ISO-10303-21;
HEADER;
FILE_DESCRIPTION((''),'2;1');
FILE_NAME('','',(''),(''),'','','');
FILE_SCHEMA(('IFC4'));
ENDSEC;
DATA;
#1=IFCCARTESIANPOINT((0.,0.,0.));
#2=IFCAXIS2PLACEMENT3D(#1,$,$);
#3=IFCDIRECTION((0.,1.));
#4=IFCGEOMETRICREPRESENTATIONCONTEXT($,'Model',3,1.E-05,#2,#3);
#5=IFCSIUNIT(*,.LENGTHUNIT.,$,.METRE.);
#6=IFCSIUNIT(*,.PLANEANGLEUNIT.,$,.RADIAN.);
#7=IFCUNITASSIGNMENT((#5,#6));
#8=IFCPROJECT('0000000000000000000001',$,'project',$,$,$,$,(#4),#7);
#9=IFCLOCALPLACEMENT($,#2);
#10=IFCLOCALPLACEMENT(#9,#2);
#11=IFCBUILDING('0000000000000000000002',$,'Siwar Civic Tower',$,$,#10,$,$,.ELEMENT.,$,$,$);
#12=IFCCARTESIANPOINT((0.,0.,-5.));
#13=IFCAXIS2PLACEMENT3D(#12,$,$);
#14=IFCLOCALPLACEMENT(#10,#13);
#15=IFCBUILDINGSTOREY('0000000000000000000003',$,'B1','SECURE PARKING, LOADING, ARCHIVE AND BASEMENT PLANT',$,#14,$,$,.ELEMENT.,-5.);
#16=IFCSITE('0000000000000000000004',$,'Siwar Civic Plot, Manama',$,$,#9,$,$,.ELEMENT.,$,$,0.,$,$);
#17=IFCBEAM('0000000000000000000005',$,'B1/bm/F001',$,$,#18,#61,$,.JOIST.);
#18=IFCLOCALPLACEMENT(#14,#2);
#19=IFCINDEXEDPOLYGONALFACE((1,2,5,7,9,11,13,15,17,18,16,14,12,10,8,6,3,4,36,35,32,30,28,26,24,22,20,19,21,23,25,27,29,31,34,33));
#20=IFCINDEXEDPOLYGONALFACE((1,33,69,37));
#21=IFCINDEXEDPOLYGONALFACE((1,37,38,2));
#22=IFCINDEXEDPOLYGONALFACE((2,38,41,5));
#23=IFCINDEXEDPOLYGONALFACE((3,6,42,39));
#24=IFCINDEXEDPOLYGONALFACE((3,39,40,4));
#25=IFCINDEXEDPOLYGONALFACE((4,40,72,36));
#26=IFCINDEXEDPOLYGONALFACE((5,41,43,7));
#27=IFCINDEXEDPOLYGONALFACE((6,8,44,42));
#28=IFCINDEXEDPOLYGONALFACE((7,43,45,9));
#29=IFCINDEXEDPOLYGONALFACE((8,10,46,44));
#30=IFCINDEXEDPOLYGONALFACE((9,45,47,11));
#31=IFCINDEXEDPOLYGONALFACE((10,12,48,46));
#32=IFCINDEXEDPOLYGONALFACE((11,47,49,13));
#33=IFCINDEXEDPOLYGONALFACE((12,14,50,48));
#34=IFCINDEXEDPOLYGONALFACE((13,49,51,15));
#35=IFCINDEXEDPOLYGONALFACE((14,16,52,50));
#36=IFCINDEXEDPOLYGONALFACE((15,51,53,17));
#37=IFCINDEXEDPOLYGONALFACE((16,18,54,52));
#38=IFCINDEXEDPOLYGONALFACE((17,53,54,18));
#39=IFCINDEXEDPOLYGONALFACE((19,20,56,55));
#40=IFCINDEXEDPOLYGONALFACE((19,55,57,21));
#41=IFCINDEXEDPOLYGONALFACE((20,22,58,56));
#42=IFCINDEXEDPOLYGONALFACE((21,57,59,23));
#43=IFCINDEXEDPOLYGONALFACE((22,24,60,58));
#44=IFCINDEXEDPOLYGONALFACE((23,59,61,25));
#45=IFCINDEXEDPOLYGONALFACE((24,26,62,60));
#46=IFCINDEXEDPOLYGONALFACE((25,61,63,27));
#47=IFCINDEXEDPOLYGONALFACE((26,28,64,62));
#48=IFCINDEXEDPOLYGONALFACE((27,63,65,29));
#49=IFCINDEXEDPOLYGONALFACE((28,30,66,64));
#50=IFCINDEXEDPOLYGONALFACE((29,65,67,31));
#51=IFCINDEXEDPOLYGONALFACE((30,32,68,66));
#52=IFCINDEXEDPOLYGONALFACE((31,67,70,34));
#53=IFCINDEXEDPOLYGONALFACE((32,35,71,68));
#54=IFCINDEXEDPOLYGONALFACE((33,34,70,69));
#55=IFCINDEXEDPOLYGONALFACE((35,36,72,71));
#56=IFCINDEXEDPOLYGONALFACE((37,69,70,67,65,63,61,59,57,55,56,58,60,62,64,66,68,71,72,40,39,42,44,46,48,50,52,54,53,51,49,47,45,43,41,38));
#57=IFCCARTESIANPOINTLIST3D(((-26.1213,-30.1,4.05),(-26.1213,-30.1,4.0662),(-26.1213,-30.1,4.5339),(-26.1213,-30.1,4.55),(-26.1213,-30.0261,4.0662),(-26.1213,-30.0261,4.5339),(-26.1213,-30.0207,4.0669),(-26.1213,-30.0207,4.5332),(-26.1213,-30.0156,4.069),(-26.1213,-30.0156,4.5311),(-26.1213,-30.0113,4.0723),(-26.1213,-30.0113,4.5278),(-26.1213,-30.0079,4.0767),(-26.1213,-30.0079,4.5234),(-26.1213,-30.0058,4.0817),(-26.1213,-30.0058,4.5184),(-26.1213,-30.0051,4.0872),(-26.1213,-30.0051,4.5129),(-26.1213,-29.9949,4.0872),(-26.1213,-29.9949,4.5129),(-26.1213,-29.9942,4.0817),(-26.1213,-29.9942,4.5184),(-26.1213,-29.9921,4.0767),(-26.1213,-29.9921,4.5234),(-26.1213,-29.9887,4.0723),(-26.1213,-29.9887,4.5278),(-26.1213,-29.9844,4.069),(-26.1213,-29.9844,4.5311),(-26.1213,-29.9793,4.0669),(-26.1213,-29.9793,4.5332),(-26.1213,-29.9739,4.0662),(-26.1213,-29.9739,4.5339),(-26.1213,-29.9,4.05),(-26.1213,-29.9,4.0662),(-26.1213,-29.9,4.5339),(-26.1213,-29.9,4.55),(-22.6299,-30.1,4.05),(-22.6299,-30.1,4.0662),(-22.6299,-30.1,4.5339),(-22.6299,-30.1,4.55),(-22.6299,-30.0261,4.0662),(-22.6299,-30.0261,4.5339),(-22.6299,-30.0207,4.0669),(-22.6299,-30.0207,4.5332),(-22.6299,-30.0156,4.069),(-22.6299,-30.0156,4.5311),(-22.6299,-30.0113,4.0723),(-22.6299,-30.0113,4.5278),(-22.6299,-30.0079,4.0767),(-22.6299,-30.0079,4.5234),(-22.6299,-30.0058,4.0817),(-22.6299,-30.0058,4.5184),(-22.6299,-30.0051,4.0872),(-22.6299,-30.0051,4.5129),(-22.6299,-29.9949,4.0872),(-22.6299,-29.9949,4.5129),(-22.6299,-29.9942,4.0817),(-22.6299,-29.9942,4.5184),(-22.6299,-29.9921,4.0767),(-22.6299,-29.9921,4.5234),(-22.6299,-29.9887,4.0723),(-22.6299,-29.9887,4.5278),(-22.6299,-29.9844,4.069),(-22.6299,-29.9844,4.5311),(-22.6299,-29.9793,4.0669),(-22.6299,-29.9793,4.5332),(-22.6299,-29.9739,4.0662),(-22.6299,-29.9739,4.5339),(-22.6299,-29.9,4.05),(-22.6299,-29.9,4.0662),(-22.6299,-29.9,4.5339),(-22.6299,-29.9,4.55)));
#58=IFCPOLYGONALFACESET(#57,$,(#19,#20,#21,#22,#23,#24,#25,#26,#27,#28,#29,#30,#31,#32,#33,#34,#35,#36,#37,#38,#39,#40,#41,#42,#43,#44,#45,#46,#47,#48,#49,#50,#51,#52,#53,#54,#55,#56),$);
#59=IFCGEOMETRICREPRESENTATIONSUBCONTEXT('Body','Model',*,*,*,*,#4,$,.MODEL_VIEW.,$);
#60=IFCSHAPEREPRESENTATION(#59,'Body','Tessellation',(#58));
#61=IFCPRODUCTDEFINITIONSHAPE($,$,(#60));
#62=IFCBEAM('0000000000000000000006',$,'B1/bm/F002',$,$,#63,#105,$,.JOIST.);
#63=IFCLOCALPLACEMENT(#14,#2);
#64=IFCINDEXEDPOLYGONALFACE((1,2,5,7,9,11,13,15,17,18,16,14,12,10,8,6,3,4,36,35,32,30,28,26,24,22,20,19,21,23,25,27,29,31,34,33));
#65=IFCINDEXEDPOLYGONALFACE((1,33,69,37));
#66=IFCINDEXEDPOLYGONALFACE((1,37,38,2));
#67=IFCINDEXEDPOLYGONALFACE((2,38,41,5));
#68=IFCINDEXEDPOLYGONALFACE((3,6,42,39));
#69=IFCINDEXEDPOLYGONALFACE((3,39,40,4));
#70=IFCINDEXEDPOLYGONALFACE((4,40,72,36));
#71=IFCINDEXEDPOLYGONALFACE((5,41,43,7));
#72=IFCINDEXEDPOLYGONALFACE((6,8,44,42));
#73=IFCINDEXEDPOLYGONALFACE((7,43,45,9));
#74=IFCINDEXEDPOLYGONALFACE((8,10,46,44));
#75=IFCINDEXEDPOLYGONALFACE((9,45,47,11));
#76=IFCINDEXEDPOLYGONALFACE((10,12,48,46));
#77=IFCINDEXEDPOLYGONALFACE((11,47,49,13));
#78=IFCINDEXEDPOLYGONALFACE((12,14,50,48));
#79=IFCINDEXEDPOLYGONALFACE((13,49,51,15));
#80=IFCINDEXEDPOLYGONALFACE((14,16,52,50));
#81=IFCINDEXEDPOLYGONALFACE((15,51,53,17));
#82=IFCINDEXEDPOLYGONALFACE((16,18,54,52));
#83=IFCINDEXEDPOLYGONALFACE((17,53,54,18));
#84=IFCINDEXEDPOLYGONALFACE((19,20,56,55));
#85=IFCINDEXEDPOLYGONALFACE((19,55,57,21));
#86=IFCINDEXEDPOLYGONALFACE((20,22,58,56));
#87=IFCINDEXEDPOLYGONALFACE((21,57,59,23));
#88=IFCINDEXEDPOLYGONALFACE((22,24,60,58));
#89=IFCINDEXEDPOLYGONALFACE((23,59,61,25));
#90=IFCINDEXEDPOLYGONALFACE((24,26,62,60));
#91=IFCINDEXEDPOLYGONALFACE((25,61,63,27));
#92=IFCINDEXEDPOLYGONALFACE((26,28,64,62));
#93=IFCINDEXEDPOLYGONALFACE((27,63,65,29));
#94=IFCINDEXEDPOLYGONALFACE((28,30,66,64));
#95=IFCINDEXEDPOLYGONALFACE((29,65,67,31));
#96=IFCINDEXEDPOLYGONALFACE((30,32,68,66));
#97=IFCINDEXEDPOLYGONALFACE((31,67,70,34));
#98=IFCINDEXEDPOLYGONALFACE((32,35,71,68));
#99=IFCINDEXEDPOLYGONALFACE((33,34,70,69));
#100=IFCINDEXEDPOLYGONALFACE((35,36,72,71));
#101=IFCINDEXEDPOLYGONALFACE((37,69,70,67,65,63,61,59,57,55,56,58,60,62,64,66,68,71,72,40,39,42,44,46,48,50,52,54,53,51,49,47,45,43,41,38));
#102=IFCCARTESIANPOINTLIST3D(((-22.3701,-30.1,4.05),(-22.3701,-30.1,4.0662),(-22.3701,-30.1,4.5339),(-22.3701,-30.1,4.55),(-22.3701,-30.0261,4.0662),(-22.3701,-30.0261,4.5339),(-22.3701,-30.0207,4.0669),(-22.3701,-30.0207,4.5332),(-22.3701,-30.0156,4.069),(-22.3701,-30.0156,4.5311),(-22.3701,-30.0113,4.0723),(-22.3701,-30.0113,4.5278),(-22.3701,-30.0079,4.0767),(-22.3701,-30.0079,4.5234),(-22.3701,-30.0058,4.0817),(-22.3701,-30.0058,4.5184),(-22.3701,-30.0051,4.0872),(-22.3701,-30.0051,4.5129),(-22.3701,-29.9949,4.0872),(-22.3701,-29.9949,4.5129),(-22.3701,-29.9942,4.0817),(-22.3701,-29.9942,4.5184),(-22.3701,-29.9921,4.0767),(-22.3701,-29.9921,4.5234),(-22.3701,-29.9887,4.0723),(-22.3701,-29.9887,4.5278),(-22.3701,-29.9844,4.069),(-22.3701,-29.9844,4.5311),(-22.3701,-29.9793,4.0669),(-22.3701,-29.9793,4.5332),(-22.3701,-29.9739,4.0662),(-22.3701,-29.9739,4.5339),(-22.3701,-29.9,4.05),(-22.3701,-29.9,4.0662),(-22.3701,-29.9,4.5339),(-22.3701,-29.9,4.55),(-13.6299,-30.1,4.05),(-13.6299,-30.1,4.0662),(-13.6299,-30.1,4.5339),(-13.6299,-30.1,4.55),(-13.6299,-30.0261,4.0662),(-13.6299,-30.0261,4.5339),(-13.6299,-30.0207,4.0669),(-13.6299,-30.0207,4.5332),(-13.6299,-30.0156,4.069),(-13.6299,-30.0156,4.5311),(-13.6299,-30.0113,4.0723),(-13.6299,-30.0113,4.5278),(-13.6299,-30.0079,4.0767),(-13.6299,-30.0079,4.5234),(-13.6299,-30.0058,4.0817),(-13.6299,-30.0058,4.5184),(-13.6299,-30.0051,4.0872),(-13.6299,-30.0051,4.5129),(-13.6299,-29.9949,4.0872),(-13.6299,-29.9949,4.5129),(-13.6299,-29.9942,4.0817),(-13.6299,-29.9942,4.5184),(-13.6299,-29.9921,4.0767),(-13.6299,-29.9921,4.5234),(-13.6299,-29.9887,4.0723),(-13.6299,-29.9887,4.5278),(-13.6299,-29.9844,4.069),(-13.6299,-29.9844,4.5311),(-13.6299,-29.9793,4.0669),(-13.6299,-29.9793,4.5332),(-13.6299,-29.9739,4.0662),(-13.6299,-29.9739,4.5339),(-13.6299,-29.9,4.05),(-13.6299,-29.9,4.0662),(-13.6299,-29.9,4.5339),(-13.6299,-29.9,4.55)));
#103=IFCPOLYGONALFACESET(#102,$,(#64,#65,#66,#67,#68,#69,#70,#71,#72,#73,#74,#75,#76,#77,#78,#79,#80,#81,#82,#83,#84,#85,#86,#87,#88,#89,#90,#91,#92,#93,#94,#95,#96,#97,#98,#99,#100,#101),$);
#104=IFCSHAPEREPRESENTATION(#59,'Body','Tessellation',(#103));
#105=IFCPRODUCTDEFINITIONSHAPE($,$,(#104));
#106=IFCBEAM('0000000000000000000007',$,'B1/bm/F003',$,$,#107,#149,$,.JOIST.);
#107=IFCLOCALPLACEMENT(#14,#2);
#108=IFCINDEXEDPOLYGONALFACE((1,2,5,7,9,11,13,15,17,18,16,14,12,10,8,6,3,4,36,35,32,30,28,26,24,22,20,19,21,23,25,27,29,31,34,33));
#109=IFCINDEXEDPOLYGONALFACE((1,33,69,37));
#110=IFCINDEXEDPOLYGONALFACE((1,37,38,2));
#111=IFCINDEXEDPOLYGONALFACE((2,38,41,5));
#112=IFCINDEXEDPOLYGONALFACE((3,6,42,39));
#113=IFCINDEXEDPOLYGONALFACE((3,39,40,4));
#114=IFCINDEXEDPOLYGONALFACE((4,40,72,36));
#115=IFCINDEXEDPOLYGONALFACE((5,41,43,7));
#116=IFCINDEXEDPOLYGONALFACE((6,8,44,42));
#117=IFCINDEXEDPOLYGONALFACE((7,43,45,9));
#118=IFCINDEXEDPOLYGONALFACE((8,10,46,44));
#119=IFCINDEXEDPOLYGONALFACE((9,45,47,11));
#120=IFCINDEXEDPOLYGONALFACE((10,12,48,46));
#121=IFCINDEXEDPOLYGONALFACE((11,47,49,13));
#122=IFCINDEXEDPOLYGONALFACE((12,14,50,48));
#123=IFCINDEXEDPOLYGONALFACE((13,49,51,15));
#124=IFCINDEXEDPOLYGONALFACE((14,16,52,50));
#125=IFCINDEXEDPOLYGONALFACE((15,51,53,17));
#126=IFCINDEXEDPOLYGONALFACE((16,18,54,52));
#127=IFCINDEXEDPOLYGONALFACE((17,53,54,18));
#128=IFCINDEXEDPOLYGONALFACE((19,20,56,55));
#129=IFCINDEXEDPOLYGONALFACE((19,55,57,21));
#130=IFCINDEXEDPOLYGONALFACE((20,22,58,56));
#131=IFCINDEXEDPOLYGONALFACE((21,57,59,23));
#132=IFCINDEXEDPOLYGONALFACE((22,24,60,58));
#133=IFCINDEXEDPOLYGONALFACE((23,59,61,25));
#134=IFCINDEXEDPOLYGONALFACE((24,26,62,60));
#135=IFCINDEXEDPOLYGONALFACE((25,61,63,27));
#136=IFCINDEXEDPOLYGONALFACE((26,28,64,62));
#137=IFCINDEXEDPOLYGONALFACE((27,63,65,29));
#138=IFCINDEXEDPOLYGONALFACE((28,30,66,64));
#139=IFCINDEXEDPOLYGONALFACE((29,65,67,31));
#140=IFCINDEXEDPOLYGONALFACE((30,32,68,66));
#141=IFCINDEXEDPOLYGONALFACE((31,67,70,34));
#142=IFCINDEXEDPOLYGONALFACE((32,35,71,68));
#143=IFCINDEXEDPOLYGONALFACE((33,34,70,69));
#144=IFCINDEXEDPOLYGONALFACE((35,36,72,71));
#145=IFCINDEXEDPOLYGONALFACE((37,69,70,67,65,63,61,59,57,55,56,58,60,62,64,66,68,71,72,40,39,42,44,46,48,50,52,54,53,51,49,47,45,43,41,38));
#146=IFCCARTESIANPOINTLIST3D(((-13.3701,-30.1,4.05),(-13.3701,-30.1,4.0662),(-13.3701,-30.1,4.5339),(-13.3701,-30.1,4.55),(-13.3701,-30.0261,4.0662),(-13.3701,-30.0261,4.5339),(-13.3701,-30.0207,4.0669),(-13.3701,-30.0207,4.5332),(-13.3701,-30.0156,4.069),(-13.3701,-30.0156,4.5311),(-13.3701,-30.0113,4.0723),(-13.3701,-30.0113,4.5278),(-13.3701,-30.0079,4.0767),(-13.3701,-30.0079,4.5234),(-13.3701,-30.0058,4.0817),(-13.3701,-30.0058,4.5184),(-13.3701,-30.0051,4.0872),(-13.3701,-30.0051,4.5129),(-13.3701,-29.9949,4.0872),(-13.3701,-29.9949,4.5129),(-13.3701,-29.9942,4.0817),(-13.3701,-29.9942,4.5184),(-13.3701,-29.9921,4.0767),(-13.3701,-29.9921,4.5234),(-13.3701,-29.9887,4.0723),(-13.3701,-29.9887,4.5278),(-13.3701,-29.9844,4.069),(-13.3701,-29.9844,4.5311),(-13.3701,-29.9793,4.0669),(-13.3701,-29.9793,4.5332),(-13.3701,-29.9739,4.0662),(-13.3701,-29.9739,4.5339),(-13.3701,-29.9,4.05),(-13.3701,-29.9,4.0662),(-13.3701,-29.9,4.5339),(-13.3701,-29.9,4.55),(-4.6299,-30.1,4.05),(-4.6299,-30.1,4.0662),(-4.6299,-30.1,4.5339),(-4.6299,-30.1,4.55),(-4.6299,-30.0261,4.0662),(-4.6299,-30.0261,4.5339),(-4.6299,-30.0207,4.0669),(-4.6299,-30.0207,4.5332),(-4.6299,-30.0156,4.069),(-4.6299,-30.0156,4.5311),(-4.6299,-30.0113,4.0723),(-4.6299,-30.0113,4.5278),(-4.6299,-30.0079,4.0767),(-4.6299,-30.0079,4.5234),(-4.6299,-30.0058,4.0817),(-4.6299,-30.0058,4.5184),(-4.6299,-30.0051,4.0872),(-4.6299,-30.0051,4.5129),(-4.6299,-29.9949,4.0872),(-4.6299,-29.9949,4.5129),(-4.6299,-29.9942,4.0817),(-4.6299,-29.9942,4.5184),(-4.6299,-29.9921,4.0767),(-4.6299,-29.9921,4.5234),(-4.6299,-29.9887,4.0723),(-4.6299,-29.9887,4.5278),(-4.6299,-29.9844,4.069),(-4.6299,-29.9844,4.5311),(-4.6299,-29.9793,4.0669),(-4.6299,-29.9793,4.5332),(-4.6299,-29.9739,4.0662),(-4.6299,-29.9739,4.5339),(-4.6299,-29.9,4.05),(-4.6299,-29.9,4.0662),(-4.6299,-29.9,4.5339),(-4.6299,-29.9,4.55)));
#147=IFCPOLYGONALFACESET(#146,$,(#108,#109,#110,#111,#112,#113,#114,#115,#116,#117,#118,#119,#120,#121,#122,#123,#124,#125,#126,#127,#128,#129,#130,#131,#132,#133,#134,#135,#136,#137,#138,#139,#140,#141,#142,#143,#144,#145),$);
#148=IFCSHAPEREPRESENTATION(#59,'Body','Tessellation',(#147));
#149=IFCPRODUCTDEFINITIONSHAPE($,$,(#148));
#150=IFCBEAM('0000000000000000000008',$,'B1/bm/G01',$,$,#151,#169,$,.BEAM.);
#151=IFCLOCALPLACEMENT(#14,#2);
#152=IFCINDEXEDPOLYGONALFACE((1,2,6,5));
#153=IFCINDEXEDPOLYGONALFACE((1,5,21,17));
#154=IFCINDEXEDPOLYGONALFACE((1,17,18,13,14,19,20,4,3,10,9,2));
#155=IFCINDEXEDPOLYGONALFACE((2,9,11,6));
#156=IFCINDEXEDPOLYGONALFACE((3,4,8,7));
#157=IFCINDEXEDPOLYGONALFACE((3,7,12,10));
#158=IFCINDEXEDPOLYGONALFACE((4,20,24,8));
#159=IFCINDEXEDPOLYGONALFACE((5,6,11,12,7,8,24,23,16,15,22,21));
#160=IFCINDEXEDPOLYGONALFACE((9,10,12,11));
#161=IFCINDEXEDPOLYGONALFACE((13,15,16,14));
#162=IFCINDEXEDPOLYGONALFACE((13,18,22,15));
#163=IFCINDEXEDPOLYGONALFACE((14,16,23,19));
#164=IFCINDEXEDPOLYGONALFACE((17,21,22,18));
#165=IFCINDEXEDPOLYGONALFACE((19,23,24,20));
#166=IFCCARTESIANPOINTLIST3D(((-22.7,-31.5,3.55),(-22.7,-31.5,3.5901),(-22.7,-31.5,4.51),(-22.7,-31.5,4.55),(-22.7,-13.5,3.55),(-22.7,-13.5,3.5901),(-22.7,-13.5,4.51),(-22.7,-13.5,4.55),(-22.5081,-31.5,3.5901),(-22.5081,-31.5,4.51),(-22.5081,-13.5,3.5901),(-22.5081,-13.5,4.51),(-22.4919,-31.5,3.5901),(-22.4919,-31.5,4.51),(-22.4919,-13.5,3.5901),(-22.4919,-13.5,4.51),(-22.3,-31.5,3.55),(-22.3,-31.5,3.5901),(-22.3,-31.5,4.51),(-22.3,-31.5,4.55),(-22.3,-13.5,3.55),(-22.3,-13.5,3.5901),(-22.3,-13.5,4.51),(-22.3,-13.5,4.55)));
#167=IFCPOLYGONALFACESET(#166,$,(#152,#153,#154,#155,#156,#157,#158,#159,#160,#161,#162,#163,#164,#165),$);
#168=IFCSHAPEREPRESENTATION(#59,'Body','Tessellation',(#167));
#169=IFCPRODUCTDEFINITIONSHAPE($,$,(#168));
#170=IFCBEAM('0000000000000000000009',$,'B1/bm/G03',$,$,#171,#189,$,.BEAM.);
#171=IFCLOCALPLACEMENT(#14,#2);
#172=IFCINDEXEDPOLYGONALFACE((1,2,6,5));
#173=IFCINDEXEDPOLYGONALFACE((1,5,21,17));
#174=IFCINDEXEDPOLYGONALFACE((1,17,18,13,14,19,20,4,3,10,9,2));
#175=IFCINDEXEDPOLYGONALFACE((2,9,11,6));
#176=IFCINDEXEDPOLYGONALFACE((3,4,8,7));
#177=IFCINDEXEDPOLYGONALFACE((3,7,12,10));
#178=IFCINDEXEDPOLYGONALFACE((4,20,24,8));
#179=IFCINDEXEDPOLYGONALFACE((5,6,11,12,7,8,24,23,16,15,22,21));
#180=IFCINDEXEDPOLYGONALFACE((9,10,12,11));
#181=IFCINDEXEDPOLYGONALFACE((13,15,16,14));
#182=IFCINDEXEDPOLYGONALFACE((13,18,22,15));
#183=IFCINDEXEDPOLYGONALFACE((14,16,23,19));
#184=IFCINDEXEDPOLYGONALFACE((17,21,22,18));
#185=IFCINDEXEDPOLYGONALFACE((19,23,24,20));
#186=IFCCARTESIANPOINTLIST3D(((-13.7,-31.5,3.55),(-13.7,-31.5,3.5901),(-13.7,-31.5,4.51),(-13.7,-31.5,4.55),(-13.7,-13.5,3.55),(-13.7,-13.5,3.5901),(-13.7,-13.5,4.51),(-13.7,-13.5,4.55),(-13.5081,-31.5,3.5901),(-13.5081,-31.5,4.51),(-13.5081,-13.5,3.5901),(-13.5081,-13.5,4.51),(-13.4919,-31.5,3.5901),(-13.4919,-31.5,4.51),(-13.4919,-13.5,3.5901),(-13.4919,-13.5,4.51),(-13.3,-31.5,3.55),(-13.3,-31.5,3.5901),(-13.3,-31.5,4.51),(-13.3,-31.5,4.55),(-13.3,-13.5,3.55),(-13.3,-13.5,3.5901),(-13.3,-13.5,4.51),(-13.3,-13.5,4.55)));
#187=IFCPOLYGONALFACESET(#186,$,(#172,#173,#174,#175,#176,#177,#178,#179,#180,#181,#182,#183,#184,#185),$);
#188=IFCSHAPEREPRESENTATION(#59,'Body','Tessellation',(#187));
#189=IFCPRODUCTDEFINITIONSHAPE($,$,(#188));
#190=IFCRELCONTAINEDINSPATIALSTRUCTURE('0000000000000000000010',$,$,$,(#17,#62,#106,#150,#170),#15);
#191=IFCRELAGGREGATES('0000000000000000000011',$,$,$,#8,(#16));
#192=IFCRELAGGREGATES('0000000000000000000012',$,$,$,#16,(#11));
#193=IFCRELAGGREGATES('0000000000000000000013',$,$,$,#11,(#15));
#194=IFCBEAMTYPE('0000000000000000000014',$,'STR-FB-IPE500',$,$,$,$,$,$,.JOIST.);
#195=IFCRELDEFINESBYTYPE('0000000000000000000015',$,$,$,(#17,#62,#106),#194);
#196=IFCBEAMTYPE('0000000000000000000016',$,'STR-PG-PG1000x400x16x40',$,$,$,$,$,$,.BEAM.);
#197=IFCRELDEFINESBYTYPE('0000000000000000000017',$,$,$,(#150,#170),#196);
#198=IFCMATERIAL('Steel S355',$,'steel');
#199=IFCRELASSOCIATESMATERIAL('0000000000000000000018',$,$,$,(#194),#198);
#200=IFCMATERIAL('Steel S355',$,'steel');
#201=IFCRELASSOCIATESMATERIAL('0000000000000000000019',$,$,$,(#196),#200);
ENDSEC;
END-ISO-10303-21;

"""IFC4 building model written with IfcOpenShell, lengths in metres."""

from ifc_helpers import new_model, si_unit, direction, frame, origin, origin_2d, place, context, subcontext, project, spatial, i_section, extrude, material, material_profile, profile_set, type_object, element, save


model = new_model("IFC4")

# Units and contexts
model_context = context("Model", 3, precision=1e-05, world=origin(), true_north=direction((0.0, 1.0)))
body_context = subcontext(model_context, "Body", "Model", "MODEL_VIEW")
ifc_project = project(units=[si_unit("LENGTHUNIT", "METRE"), si_unit("PLANEANGLEUNIT", "RADIAN")], contexts=[model_context])

# Site, building, storey
site_placement = place(None, origin())
site = spatial("IfcSite", under=ifc_project, at=site_placement, Name="Siwar Civic Plot, Manama", CompositionType="ELEMENT", RefElevation=0.0)
building_placement = place(site_placement, origin())
building = spatial("IfcBuilding", under=site, at=building_placement, Name="Siwar Civic Tower", CompositionType="ELEMENT")
storey_placement = place(building_placement, frame((0.0, 0.0, -5.0)))
storey = spatial("IfcBuildingStorey", under=building, at=storey_placement, Name="B1", Description="SECURE PARKING, LOADING, ARCHIVE AND BASEMENT PLANT", CompositionType="ELEMENT", Elevation=-5.0)

# Beams
ifc_material_1 = material(Name="Steel S355", Category="steel")
ifc_material_profile_1 = material_profile(ifc_material_1, i_section(OverallWidth=0.2, OverallDepth=0.5, WebThickness=0.0103, FlangeThickness=0.0161, FilletRadius=0.021, at=origin_2d()), Name="IPE500")
ifc_profile_set_1 = profile_set([ifc_material_profile_1], Name="Steel S355")
beam_type_1 = type_object("IfcBeamType", Name="STR-FB-IPE500", PredefinedType="JOIST", material=ifc_profile_set_1)
beam_placement = place(storey_placement, frame((-26.1213, -30.0, 4.3), z_axis=(1.0, 0.0, 0.0), x_axis=(0.0, 1.0, 0.0)))
element("IfcBeam", 1, at=beam_placement, inside=storey, type_object=beam_type_1, Name="B1/bm/F001", PredefinedType="JOIST", context=body_context, shape_type="SweptSolid", body=[
    extrude(i_section(OverallWidth=0.2, OverallDepth=0.5, WebThickness=0.0103, FlangeThickness=0.0161, FilletRadius=0.021, at=origin_2d()), origin(), (0.0, 0.0, 1.0), 3.4915),
])
for number, where, z_axis, x_axis, name in (
    (2, (-22.3701, -30.0, 4.3), (1.0, 0.0, 0.0), (0.0, 1.0, 0.0), "B1/bm/F002"),
    (3, (-13.3701, -30.0, 4.3), (1.0, 0.0, 0.0), (0.0, 1.0, 0.0), "B1/bm/F003"),
):
    element("IfcBeam", number, at=place(storey_placement, frame(where, z_axis=z_axis, x_axis=x_axis)), inside=storey, type_object=beam_type_1, Name=name, PredefinedType="JOIST", context=body_context, shape_type="SweptSolid", body=[
        extrude(i_section(OverallWidth=0.2, OverallDepth=0.5, WebThickness=0.0103, FlangeThickness=0.0161, FilletRadius=0.021, at=origin_2d()), origin(), (0.0, 0.0, 1.0), 8.7402),
    ])
ifc_material_2 = material(Name="Steel S355", Category="steel")
ifc_material_profile_2 = material_profile(ifc_material_2, i_section(OverallWidth=0.3999, OverallDepth=1.0, WebThickness=0.0161, FlangeThickness=0.04, at=origin_2d()), Name="PG1000x400x16x40")
ifc_profile_set_2 = profile_set([ifc_material_profile_2], Name="Steel S355")
beam_type_2 = type_object("IfcBeamType", Name="STR-PG-PG1000x400x16x40", PredefinedType="BEAM", material=ifc_profile_set_2)
for number, where, z_axis, x_axis, name in (
    (4, (-22.5, -31.5, 4.05), (0.0, 1.0, 0.0), (-1.0, 0.0, 0.0), "B1/bm/G01"),
    (5, (-13.5, -31.5, 4.05), (0.0, 1.0, 0.0), (-1.0, 0.0, 0.0), "B1/bm/G03"),
):
    element("IfcBeam", number, at=place(storey_placement, frame(where, z_axis=z_axis, x_axis=x_axis)), inside=storey, type_object=beam_type_2, Name=name, PredefinedType="BEAM", context=body_context, shape_type="SweptSolid", body=[
        extrude(i_section(OverallWidth=0.3999, OverallDepth=1.0, WebThickness=0.0161, FlangeThickness=0.04, at=origin_2d()), origin(), (0.0, 0.0, 1.0), 18.0),
    ])

save(model, "model.ifc")
